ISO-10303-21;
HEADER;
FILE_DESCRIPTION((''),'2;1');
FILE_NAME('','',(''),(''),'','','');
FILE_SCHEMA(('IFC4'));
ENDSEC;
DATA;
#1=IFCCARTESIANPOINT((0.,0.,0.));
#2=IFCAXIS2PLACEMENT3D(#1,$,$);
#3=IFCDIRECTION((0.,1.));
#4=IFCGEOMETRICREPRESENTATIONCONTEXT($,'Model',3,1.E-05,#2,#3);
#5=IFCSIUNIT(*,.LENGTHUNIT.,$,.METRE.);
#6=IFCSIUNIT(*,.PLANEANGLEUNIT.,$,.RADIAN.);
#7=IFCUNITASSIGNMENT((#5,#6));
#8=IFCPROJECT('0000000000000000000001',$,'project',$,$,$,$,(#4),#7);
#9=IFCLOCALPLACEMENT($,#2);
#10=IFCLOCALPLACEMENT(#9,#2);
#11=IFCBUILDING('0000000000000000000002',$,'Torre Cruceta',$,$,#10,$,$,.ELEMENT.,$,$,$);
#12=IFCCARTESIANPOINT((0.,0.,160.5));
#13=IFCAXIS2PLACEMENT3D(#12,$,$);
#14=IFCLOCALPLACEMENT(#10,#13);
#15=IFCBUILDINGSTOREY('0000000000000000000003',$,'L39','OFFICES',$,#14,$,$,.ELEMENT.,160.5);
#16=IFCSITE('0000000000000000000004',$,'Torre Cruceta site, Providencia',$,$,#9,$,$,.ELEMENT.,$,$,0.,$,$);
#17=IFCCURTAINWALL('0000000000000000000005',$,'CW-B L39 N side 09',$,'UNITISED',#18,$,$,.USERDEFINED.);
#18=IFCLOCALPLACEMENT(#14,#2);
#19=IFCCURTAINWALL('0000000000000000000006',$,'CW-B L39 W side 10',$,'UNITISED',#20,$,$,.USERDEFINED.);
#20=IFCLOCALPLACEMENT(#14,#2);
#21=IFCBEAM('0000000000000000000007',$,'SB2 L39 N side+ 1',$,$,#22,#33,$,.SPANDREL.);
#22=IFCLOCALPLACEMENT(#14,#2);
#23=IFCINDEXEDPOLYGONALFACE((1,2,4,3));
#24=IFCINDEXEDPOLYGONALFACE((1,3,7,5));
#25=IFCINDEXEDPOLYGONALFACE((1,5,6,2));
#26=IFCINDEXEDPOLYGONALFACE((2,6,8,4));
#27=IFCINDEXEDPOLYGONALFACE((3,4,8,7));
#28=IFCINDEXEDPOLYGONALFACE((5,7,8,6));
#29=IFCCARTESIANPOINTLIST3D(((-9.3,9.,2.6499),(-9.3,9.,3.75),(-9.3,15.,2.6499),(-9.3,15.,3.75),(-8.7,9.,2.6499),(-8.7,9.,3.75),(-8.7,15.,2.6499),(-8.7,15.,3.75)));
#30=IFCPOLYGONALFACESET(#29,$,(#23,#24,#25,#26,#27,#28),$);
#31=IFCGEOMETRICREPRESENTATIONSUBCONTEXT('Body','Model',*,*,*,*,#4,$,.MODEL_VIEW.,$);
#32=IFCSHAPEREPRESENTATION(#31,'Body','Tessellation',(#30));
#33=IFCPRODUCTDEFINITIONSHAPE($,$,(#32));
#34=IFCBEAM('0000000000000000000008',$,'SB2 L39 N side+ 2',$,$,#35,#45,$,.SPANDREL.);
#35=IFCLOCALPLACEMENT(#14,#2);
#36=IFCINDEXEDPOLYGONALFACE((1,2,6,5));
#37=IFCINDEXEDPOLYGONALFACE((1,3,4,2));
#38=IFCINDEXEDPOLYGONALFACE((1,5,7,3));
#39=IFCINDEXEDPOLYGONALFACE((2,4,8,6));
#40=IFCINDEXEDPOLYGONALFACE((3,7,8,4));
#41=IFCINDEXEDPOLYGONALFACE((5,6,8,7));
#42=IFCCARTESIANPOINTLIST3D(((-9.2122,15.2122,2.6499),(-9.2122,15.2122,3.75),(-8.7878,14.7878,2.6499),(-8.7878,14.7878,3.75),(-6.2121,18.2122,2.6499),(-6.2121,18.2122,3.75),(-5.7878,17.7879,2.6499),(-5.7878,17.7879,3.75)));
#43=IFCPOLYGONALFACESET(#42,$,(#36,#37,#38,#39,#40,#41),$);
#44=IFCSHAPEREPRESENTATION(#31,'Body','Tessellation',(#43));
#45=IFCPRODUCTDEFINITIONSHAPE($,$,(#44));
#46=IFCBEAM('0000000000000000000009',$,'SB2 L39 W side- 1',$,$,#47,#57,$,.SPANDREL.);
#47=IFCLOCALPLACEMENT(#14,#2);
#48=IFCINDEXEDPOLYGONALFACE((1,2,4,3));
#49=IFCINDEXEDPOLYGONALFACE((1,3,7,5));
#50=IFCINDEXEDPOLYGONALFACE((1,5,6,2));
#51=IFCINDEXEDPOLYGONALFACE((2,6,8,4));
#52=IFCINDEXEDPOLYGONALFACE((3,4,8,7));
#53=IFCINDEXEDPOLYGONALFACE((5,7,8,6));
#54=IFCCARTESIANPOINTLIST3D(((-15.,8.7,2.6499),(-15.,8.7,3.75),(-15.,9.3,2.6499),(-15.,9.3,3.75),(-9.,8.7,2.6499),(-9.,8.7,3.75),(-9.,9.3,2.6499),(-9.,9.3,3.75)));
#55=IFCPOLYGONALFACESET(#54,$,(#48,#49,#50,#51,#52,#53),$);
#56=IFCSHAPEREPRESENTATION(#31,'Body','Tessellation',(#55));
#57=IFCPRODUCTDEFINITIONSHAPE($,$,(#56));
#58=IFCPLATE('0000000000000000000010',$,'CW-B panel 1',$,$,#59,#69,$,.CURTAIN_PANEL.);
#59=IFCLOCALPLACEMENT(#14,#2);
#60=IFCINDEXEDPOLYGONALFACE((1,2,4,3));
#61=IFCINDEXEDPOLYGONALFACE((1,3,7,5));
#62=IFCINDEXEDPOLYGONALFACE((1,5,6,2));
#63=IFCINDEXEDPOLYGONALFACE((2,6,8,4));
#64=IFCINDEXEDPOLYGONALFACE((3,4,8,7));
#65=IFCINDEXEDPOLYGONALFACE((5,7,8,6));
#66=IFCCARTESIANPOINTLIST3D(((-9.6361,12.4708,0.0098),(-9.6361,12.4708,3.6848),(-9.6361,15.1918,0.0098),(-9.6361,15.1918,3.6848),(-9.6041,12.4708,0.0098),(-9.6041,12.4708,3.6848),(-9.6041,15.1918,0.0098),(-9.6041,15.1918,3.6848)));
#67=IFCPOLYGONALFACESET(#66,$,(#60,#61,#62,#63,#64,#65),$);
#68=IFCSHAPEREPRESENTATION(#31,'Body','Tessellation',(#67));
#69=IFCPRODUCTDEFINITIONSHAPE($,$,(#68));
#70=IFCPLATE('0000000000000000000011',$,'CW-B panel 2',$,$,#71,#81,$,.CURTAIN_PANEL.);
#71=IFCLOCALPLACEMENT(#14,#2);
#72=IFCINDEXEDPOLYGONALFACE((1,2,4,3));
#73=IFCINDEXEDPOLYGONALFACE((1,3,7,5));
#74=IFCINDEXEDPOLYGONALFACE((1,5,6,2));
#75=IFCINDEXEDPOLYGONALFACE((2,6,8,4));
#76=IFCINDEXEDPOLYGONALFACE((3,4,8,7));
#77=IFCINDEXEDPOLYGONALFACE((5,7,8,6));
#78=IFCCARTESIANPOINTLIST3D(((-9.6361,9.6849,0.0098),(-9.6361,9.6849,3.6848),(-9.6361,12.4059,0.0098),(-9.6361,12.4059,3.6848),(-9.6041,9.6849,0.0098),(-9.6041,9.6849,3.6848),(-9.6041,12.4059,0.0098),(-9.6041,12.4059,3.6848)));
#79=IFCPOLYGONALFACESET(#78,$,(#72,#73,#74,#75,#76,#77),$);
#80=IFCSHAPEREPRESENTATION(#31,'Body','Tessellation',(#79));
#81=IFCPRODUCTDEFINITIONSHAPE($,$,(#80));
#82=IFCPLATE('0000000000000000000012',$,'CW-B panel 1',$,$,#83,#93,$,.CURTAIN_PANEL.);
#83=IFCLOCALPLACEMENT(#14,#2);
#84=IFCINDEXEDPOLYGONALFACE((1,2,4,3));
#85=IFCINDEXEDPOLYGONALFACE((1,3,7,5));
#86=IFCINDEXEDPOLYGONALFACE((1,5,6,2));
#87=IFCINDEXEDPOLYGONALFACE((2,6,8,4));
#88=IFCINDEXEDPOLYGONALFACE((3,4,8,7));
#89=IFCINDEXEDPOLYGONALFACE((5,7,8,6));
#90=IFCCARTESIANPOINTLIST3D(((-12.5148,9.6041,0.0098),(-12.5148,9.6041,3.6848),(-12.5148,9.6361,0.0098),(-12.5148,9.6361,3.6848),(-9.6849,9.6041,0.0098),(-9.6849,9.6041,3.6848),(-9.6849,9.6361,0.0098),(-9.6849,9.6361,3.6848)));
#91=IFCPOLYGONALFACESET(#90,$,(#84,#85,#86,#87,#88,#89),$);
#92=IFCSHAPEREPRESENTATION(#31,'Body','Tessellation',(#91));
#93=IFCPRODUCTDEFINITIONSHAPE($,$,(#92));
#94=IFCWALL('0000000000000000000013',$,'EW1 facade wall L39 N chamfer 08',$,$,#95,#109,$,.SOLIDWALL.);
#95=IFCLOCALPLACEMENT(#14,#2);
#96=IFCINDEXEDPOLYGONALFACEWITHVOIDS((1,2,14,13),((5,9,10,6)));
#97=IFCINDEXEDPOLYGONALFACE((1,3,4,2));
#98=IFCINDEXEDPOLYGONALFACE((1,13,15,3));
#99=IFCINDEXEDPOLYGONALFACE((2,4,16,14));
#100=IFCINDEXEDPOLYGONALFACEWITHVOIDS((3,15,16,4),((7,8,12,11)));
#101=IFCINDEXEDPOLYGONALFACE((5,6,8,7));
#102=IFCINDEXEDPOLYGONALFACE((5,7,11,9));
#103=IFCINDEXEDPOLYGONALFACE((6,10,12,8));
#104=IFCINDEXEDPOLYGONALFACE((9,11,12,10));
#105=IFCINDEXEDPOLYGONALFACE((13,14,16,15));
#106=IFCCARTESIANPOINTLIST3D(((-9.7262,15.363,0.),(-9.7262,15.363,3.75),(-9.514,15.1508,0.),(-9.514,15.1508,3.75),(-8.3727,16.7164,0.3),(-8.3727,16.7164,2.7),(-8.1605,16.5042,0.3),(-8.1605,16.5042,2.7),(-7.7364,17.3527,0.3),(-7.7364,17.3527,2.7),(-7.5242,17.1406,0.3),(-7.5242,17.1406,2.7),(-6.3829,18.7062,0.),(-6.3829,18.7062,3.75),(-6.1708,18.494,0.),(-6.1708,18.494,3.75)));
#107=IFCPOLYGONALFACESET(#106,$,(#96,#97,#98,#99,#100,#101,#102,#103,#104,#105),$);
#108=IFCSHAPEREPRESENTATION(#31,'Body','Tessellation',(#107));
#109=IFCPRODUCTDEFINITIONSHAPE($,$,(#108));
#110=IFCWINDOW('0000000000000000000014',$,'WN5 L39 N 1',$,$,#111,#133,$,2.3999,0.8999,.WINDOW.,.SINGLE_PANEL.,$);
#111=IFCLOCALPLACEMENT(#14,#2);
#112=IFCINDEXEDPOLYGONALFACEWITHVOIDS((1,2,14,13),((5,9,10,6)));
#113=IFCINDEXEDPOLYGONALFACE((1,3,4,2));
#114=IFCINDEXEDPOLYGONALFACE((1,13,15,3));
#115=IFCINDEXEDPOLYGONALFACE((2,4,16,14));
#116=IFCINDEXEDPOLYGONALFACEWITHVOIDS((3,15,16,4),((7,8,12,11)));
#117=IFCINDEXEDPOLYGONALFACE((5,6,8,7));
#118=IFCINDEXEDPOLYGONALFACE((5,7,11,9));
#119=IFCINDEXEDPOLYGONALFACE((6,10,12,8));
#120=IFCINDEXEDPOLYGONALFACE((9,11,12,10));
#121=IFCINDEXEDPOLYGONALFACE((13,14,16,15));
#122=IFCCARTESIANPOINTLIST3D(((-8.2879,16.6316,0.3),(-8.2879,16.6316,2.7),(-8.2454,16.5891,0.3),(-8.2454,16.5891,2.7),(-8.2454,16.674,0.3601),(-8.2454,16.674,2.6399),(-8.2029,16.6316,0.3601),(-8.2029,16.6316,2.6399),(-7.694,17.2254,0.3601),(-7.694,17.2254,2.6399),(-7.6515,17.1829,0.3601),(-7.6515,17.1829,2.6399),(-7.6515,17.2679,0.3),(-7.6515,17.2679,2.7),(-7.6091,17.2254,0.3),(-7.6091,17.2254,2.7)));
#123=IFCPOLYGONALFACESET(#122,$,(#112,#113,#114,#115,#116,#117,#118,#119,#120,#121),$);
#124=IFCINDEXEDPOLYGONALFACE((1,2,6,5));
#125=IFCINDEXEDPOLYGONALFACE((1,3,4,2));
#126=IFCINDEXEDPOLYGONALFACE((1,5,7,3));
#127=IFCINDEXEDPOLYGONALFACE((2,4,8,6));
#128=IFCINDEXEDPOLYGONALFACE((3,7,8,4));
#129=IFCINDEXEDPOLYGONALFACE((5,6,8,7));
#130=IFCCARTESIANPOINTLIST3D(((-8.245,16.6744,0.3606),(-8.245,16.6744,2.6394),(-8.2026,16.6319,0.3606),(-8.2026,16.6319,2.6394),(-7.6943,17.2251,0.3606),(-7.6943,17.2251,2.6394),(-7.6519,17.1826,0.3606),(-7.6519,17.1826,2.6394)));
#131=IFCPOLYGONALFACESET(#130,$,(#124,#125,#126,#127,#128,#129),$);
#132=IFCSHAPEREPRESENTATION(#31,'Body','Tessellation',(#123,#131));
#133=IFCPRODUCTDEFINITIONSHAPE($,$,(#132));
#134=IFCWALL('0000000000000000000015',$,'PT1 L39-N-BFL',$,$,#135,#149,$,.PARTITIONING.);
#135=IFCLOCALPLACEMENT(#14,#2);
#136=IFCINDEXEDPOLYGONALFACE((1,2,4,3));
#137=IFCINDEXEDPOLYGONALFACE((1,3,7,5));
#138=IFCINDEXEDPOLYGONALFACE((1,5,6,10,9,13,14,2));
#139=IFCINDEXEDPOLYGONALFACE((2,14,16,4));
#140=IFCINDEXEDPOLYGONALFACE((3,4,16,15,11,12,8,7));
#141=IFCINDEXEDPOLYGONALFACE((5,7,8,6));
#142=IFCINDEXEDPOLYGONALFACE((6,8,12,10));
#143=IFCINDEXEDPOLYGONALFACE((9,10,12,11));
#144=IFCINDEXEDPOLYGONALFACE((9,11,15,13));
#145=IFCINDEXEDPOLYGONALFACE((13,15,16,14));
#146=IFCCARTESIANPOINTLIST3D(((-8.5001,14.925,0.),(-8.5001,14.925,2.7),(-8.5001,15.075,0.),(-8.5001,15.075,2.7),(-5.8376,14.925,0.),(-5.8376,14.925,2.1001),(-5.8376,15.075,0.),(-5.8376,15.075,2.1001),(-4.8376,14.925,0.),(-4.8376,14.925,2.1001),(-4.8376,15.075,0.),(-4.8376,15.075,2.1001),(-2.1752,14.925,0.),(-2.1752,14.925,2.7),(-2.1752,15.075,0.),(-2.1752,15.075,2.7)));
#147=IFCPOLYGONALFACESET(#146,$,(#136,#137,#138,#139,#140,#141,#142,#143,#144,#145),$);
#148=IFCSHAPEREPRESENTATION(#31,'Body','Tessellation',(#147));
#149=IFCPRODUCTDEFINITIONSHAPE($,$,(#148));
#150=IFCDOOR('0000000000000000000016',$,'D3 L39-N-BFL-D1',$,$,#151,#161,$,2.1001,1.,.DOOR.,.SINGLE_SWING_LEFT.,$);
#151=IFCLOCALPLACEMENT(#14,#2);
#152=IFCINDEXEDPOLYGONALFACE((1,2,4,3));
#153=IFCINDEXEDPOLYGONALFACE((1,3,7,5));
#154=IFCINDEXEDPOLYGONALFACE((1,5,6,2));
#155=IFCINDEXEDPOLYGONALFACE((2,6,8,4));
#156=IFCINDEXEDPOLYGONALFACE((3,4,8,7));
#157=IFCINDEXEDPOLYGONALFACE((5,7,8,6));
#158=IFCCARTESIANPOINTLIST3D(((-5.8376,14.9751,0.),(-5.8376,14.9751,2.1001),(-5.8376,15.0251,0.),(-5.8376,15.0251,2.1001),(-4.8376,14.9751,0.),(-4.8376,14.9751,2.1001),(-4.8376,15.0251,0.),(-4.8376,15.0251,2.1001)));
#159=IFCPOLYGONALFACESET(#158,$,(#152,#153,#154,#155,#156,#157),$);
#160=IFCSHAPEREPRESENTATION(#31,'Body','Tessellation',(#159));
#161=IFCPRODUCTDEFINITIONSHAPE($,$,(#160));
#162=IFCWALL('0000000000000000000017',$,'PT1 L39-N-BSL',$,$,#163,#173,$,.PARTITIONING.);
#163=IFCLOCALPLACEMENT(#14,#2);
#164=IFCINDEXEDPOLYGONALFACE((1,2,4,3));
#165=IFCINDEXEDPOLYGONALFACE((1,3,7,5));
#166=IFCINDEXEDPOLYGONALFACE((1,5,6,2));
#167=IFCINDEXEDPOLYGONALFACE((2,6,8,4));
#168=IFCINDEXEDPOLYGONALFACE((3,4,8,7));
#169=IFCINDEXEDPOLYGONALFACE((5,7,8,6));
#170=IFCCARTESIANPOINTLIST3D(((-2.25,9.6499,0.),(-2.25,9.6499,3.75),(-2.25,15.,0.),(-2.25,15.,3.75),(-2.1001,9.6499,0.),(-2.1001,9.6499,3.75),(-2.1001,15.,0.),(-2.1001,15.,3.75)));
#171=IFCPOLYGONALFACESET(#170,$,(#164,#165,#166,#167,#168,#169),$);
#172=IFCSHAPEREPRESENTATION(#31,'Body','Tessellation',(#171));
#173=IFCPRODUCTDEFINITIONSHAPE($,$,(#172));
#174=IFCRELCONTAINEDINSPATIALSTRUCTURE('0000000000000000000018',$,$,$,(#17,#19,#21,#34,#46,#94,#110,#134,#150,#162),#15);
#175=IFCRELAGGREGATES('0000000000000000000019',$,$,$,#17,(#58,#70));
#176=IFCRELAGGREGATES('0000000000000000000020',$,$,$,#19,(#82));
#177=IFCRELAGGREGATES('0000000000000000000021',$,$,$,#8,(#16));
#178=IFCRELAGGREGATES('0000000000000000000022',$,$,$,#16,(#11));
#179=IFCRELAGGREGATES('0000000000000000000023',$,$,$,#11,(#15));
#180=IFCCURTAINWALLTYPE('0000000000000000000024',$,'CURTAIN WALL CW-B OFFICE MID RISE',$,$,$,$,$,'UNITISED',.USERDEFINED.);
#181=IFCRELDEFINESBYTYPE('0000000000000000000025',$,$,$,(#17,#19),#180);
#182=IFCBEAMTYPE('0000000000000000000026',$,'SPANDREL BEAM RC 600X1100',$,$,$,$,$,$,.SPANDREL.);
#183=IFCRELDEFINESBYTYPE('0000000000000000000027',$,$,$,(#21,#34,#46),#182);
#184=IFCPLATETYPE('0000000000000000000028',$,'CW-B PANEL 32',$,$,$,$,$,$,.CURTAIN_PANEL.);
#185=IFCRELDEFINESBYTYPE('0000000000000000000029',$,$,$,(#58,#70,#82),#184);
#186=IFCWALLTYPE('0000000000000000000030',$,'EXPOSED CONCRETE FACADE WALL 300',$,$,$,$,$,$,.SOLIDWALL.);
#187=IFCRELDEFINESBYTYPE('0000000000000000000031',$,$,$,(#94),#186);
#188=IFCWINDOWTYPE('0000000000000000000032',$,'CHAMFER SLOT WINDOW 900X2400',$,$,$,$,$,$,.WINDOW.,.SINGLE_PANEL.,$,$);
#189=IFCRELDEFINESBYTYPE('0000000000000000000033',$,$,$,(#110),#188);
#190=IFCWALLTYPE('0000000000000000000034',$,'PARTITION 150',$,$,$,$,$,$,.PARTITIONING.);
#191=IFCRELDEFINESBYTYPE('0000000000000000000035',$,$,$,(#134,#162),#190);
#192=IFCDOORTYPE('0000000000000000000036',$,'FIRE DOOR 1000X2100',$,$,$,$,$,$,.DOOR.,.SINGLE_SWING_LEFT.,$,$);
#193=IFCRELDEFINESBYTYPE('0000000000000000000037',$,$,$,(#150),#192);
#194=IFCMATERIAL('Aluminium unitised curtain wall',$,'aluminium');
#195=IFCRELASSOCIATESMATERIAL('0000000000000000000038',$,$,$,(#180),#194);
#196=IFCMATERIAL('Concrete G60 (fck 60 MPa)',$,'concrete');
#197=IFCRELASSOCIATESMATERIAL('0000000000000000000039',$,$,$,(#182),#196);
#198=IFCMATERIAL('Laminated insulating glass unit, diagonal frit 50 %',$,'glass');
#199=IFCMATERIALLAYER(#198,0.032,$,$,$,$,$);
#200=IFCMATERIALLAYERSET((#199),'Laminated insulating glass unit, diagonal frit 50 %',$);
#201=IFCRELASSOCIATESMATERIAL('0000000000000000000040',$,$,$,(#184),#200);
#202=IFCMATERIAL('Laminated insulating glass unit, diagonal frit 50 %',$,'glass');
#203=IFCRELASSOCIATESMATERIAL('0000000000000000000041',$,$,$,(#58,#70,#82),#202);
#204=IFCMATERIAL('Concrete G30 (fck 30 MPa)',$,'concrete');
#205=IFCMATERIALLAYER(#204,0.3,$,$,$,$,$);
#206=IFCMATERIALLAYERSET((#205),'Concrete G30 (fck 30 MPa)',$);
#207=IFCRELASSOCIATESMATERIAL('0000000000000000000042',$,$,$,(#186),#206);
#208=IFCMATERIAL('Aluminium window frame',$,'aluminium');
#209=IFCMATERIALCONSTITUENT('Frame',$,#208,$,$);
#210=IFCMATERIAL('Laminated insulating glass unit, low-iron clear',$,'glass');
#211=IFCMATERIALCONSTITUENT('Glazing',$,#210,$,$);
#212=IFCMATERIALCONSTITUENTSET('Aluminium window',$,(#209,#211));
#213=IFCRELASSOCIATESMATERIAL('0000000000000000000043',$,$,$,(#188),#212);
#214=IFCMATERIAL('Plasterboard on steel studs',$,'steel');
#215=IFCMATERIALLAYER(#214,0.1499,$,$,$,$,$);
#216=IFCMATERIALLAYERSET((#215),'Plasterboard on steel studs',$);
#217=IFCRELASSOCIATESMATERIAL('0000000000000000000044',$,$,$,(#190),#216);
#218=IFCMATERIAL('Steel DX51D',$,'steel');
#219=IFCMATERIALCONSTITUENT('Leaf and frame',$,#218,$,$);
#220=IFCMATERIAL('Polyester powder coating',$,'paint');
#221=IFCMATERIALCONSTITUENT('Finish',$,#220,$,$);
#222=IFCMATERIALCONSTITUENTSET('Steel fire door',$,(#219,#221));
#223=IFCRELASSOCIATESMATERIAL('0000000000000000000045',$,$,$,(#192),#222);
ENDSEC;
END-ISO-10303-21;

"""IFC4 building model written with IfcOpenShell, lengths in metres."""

from ifc_helpers import new_model, si_unit, direction, frame, frame_2d, origin, origin_2d, place, context, subcontext, project, spatial, rectangle, hollow_rectangle, extrude, material, layer, layer_set, constituent, constituent_set, material_profile, profile_set, type_object, element, fill, aggregate, save


model = new_model("IFC4")

# Units and contexts
model_context = context("Model", 3, precision=1e-05, world=origin(), true_north=direction((0.0, 1.0)))
body_context = subcontext(model_context, "Body", "Model", "MODEL_VIEW")
ifc_project = project(units=[si_unit("LENGTHUNIT", "METRE"), si_unit("PLANEANGLEUNIT", "RADIAN")], contexts=[model_context])

# Site, building, storey
site_placement = place(None, origin())
site = spatial("IfcSite", under=ifc_project, at=site_placement, Name="Torre Cruceta site, Providencia", CompositionType="ELEMENT", RefElevation=0.0)
building_placement = place(site_placement, origin())
building = spatial("IfcBuilding", under=site, at=building_placement, Name="Torre Cruceta", CompositionType="ELEMENT")
storey_placement = place(building_placement, frame((0.0, 0.0, 160.5)))
storey = spatial("IfcBuildingStorey", under=building, at=storey_placement, Name="L39", Description="OFFICES", CompositionType="ELEMENT", Elevation=160.5)

# Curtain wall
ifc_material_1 = material(Name="Aluminium unitised curtain wall", Category="aluminium")
curtain_wall_type = type_object("IfcCurtainWallType", Name="CURTAIN WALL CW-B OFFICE MID RISE", ElementType="UNITISED", PredefinedType="USERDEFINED", material=ifc_material_1)
curtain_wall_1_placement = place(storey_placement, origin())
curtain_wall_1 = element("IfcCurtainWall", 1, at=curtain_wall_1_placement, inside=storey, type_object=curtain_wall_type, Name="CW-B L39 N side 09", ObjectType="UNITISED", PredefinedType="USERDEFINED")

# Curtain wall
curtain_wall_2_placement = place(storey_placement, origin())
curtain_wall_2 = element("IfcCurtainWall", 2, at=curtain_wall_2_placement, inside=storey, type_object=curtain_wall_type, Name="CW-B L39 W side 10", ObjectType="UNITISED", PredefinedType="USERDEFINED")

# Beams
ifc_material_2 = material(Name="Concrete G60 (fck 60 MPa)", Category="concrete")
ifc_material_profile_1 = material_profile(ifc_material_2, rectangle(XDim=0.6001, YDim=1.1001, at=origin_2d()), Name="RC 600X1100")
ifc_profile_set_1 = profile_set([ifc_material_profile_1], Name="Concrete G60 (fck 60 MPa)")
beam_type_1 = type_object("IfcBeamType", Name="SPANDREL BEAM RC 600X1100", PredefinedType="SPANDREL", material=ifc_profile_set_1)
beam_1_placement = place(storey_placement, frame((-9.0, 9.0, 3.2), z_axis=(0.0, 1.0, 0.0), x_axis=(-1.0, 0.0, 0.0)))
element("IfcBeam", 3, at=beam_1_placement, inside=storey, type_object=beam_type_1, Name="SB2 L39 N side+ 1", PredefinedType="SPANDREL", context=body_context, shape_type="SweptSolid", body=[
    extrude(rectangle(XDim=0.6001, YDim=1.1001, at=origin_2d()), origin(), (0.0, 0.0, 1.0), 6.0),
])
beam_2_placement = place(storey_placement, frame((-9.0, 15.0, 3.2), z_axis=(0.707107, 0.707107, 0.0), x_axis=(-0.707107, 0.707107, 0.0)))
element("IfcBeam", 4, at=beam_2_placement, inside=storey, type_object=beam_type_1, Name="SB2 L39 N side+ 2", PredefinedType="SPANDREL", context=body_context, shape_type="SweptSolid", body=[
    extrude(rectangle(XDim=0.6001, YDim=1.1001, at=origin_2d()), origin(), (0.0, 0.0, 1.0), 4.2427),
])
beam_3_placement = place(storey_placement, frame((-9.0, 9.0, 3.2), z_axis=(-1.0, 0.0, 0.0), x_axis=(0.0, -1.0, 0.0)))
element("IfcBeam", 5, at=beam_3_placement, inside=storey, type_object=beam_type_1, Name="SB2 L39 W side- 1", PredefinedType="SPANDREL", context=body_context, shape_type="SweptSolid", body=[
    extrude(rectangle(XDim=0.6001, YDim=1.1001, at=origin_2d()), origin(), (0.0, 0.0, 1.0), 6.0),
])

# Plates
ifc_material_3 = material(Name="Laminated insulating glass unit, diagonal frit 50 %", Category="glass")
ifc_material_4 = material(Name="Laminated insulating glass unit, diagonal frit 50 %", Category="glass")
ifc_layer_1 = layer(ifc_material_4, 0.032)
ifc_layer_set_1 = layer_set([ifc_layer_1], Name="Laminated insulating glass unit, diagonal frit 50 %")
plate_type = type_object("IfcPlateType", Name="CW-B PANEL 32", PredefinedType="CURTAIN_PANEL", material=ifc_layer_set_1)
plate_1_placement = place(storey_placement, frame((-9.6201, 13.8313, 0.0098), z_axis=(0.0, 0.0, 1.0), x_axis=(0.0, -1.0, 0.0)))
plate_1 = element("IfcPlate", 6, at=plate_1_placement, type_object=plate_type, material=ifc_material_3, Name="CW-B panel 1", PredefinedType="CURTAIN_PANEL", context=body_context, shape_type="SweptSolid", body=[
    extrude(rectangle(XDim=2.7209, YDim=0.032, at=origin_2d()), origin(), (0.0, 0.0, 1.0), 3.675),
])
plate_2_placement = place(storey_placement, frame((-9.6201, 11.0454, 0.0098), z_axis=(0.0, 0.0, 1.0), x_axis=(0.0, -1.0, 0.0)))
plate_2 = element("IfcPlate", 7, at=plate_2_placement, type_object=plate_type, material=ifc_material_3, Name="CW-B panel 2", PredefinedType="CURTAIN_PANEL", context=body_context, shape_type="SweptSolid", body=[
    extrude(rectangle(XDim=2.7209, YDim=0.032, at=origin_2d()), origin(), (0.0, 0.0, 1.0), 3.675),
])
aggregate(curtain_wall_1, [plate_1, plate_2])
plate_3_placement = place(storey_placement, frame((-11.0999, 9.6201, 0.0098), z_axis=(0.0, 0.0, 1.0), x_axis=(-1.0, 0.0, 0.0)))
plate_3 = element("IfcPlate", 8, at=plate_3_placement, type_object=plate_type, material=ifc_material_3, Name="CW-B panel 1", PredefinedType="CURTAIN_PANEL", context=body_context, shape_type="SweptSolid", body=[
    extrude(rectangle(XDim=2.8298, YDim=0.032, at=origin_2d()), origin(), (0.0, 0.0, 1.0), 3.675),
])
aggregate(curtain_wall_2, [plate_3])

# Wall, opening, window
ifc_material_5 = material(Name="Concrete G30 (fck 30 MPa)", Category="concrete")
ifc_layer_2 = layer(ifc_material_5, 0.3)
ifc_layer_set_2 = layer_set([ifc_layer_2], Name="Concrete G30 (fck 30 MPa)")
wall_type_1 = type_object("IfcWallType", Name="EXPOSED CONCRETE FACADE WALL 300", PredefinedType="SOLIDWALL", material=ifc_layer_set_2)
wall_1_placement = place(storey_placement, frame((-6.2769, 18.6001, 0.0), z_axis=(0.0, 0.0, 1.0), x_axis=(-0.707107, -0.707107, 0.0)))
wall_1 = element("IfcWall", 9, at=wall_1_placement, inside=storey, type_object=wall_type_1, Name="EW1 facade wall L39 N chamfer 08", PredefinedType="SOLIDWALL", context=body_context, shape_type="SweptSolid", body=[
    extrude(rectangle(XDim=4.728, YDim=0.3, at=frame_2d((2.364, 0.0))), origin(), (0.0, 0.0, 1.0), 3.75),
])
opening_1_placement = place(wall_1_placement, frame((1.9141, 0.0, 0.3)))
opening_1 = element("IfcOpeningElement", 10, at=opening_1_placement, cuts=wall_1, PredefinedType="OPENING", context=body_context, shape_type="SweptSolid", body=[
    extrude(rectangle(XDim=0.8999, YDim=2.3999, at=frame_2d((0.45, 1.2))), frame((0.0, 0.1599, 0.0), z_axis=(0.0, -1.0, 0.0), x_axis=(1.0, 0.0, 0.0)), (0.0, 0.0, 1.0), 0.3201),
])
ifc_material_6 = material(Name="Aluminium window frame", Category="aluminium")
ifc_constituent_1 = constituent(ifc_material_6, Name="Frame")
ifc_material_7 = material(Name="Laminated insulating glass unit, low-iron clear", Category="glass")
ifc_constituent_2 = constituent(ifc_material_7, Name="Glazing")
ifc_constituent_set_1 = constituent_set(constituents=[ifc_constituent_1, ifc_constituent_2], Name="Aluminium window")
window_type = type_object("IfcWindowType", Name="CHAMFER SLOT WINDOW 900X2400", PartitioningType="SINGLE_PANEL", PredefinedType="WINDOW", material=ifc_constituent_set_1)
window_placement = place(opening_1_placement, origin())
window = element("IfcWindow", 11, at=window_placement, inside=storey, type_object=window_type, Name="WN5 L39 N 1", OverallHeight=2.3999, OverallWidth=0.8999, PartitioningType="SINGLE_PANEL", PredefinedType="WINDOW", context=body_context, shape_type="SweptSolid", body=[
    extrude(hollow_rectangle(XDim=0.8999, YDim=2.3999, WallThickness=0.0601, at=frame_2d((0.45, 1.2))), frame((0.0, 0.03, 0.0), z_axis=(0.0, -1.0, 0.0), x_axis=(1.0, 0.0, 0.0)), (0.0, 0.0, 1.0), 0.0601),
    extrude(rectangle(XDim=0.7788, YDim=2.2788, at=frame_2d((0.45, 1.2))), frame((0.0, 0.03, 0.0), z_axis=(0.0, -1.0, 0.0), x_axis=(1.0, 0.0, 0.0)), (0.0, 0.0, 1.0), 0.0601),
])
fill(opening_1, window)

# Wall, opening, door
ifc_material_8 = material(Name="Plasterboard on steel studs", Category="steel")
ifc_layer_3 = layer(ifc_material_8, 0.1499)
ifc_layer_set_3 = layer_set([ifc_layer_3], Name="Plasterboard on steel studs")
wall_type_2 = type_object("IfcWallType", Name="PARTITION 150", PredefinedType="PARTITIONING", material=ifc_layer_set_3)
wall_2_placement = place(storey_placement, frame((-2.175, 15.0, 0.0), z_axis=(0.0, 0.0, 1.0), x_axis=(-1.0, 0.0, 0.0)))
wall_2 = element("IfcWall", 12, at=wall_2_placement, inside=storey, type_object=wall_type_2, Name="PT1 L39-N-BFL", PredefinedType="PARTITIONING", context=body_context, shape_type="SweptSolid", body=[
    extrude(rectangle(XDim=6.325, YDim=0.1499, at=frame_2d((3.1626, 0.0))), origin(), (0.0, 0.0, 1.0), 2.7),
])
opening_2_placement = place(wall_2_placement, frame((2.6626, 0.0, 0.0)))
opening_2 = element("IfcOpeningElement", 13, at=opening_2_placement, cuts=wall_2, PredefinedType="OPENING", context=body_context, shape_type="SweptSolid", body=[
    extrude(rectangle(XDim=1.0, YDim=2.1001, at=frame_2d((0.5, 1.05))), frame((0.0, 0.085, 0.0), z_axis=(0.0, -1.0, 0.0), x_axis=(1.0, 0.0, 0.0)), (0.0, 0.0, 1.0), 0.1699),
])
ifc_material_9 = material(Name="Steel DX51D", Category="steel")
ifc_constituent_3 = constituent(ifc_material_9, Name="Leaf and frame")
ifc_material_10 = material(Name="Polyester powder coating", Category="paint")
ifc_constituent_4 = constituent(ifc_material_10, Name="Finish")
ifc_constituent_set_2 = constituent_set(constituents=[ifc_constituent_3, ifc_constituent_4], Name="Steel fire door")
door_type_1 = type_object("IfcDoorType", Name="FIRE DOOR 1000X2100", OperationType="SINGLE_SWING_LEFT", PredefinedType="DOOR", material=ifc_constituent_set_2)
door_1_placement = place(opening_2_placement, frame((1.0, 0.0, 0.0), z_axis=(0.0, 0.0, 1.0), x_axis=(-1.0, 0.0, 0.0)))
door_1 = element("IfcDoor", 14, at=door_1_placement, inside=storey, type_object=door_type_1, Name="D3 L39-N-BFL-D1", OperationType="SINGLE_SWING_LEFT", OverallHeight=2.1001, OverallWidth=1.0, PredefinedType="DOOR", context=body_context, shape_type="SweptSolid", body=[
    extrude(rectangle(XDim=1.0, YDim=2.1001, at=frame_2d((0.5, 1.05))), frame((0.0, 0.0251, 0.0), z_axis=(0.0, -1.0, 0.0), x_axis=(1.0, 0.0, 0.0)), (0.0, 0.0, 1.0), 0.05),
])
fill(opening_2, door_1)

# Wall
wall_3_placement = place(storey_placement, frame((-2.175, 9.6499, 0.0), z_axis=(0.0, 0.0, 1.0), x_axis=(0.0, 1.0, 0.0)))
element("IfcWall", 15, at=wall_3_placement, inside=storey, type_object=wall_type_2, Name="PT1 L39-N-BSL", PredefinedType="PARTITIONING", context=body_context, shape_type="SweptSolid", body=[
    extrude(rectangle(XDim=5.3501, YDim=0.1499, at=frame_2d((2.675, 0.0))), origin(), (0.0, 0.0, 1.0), 3.75),
])

save(model, "model.ifc")
